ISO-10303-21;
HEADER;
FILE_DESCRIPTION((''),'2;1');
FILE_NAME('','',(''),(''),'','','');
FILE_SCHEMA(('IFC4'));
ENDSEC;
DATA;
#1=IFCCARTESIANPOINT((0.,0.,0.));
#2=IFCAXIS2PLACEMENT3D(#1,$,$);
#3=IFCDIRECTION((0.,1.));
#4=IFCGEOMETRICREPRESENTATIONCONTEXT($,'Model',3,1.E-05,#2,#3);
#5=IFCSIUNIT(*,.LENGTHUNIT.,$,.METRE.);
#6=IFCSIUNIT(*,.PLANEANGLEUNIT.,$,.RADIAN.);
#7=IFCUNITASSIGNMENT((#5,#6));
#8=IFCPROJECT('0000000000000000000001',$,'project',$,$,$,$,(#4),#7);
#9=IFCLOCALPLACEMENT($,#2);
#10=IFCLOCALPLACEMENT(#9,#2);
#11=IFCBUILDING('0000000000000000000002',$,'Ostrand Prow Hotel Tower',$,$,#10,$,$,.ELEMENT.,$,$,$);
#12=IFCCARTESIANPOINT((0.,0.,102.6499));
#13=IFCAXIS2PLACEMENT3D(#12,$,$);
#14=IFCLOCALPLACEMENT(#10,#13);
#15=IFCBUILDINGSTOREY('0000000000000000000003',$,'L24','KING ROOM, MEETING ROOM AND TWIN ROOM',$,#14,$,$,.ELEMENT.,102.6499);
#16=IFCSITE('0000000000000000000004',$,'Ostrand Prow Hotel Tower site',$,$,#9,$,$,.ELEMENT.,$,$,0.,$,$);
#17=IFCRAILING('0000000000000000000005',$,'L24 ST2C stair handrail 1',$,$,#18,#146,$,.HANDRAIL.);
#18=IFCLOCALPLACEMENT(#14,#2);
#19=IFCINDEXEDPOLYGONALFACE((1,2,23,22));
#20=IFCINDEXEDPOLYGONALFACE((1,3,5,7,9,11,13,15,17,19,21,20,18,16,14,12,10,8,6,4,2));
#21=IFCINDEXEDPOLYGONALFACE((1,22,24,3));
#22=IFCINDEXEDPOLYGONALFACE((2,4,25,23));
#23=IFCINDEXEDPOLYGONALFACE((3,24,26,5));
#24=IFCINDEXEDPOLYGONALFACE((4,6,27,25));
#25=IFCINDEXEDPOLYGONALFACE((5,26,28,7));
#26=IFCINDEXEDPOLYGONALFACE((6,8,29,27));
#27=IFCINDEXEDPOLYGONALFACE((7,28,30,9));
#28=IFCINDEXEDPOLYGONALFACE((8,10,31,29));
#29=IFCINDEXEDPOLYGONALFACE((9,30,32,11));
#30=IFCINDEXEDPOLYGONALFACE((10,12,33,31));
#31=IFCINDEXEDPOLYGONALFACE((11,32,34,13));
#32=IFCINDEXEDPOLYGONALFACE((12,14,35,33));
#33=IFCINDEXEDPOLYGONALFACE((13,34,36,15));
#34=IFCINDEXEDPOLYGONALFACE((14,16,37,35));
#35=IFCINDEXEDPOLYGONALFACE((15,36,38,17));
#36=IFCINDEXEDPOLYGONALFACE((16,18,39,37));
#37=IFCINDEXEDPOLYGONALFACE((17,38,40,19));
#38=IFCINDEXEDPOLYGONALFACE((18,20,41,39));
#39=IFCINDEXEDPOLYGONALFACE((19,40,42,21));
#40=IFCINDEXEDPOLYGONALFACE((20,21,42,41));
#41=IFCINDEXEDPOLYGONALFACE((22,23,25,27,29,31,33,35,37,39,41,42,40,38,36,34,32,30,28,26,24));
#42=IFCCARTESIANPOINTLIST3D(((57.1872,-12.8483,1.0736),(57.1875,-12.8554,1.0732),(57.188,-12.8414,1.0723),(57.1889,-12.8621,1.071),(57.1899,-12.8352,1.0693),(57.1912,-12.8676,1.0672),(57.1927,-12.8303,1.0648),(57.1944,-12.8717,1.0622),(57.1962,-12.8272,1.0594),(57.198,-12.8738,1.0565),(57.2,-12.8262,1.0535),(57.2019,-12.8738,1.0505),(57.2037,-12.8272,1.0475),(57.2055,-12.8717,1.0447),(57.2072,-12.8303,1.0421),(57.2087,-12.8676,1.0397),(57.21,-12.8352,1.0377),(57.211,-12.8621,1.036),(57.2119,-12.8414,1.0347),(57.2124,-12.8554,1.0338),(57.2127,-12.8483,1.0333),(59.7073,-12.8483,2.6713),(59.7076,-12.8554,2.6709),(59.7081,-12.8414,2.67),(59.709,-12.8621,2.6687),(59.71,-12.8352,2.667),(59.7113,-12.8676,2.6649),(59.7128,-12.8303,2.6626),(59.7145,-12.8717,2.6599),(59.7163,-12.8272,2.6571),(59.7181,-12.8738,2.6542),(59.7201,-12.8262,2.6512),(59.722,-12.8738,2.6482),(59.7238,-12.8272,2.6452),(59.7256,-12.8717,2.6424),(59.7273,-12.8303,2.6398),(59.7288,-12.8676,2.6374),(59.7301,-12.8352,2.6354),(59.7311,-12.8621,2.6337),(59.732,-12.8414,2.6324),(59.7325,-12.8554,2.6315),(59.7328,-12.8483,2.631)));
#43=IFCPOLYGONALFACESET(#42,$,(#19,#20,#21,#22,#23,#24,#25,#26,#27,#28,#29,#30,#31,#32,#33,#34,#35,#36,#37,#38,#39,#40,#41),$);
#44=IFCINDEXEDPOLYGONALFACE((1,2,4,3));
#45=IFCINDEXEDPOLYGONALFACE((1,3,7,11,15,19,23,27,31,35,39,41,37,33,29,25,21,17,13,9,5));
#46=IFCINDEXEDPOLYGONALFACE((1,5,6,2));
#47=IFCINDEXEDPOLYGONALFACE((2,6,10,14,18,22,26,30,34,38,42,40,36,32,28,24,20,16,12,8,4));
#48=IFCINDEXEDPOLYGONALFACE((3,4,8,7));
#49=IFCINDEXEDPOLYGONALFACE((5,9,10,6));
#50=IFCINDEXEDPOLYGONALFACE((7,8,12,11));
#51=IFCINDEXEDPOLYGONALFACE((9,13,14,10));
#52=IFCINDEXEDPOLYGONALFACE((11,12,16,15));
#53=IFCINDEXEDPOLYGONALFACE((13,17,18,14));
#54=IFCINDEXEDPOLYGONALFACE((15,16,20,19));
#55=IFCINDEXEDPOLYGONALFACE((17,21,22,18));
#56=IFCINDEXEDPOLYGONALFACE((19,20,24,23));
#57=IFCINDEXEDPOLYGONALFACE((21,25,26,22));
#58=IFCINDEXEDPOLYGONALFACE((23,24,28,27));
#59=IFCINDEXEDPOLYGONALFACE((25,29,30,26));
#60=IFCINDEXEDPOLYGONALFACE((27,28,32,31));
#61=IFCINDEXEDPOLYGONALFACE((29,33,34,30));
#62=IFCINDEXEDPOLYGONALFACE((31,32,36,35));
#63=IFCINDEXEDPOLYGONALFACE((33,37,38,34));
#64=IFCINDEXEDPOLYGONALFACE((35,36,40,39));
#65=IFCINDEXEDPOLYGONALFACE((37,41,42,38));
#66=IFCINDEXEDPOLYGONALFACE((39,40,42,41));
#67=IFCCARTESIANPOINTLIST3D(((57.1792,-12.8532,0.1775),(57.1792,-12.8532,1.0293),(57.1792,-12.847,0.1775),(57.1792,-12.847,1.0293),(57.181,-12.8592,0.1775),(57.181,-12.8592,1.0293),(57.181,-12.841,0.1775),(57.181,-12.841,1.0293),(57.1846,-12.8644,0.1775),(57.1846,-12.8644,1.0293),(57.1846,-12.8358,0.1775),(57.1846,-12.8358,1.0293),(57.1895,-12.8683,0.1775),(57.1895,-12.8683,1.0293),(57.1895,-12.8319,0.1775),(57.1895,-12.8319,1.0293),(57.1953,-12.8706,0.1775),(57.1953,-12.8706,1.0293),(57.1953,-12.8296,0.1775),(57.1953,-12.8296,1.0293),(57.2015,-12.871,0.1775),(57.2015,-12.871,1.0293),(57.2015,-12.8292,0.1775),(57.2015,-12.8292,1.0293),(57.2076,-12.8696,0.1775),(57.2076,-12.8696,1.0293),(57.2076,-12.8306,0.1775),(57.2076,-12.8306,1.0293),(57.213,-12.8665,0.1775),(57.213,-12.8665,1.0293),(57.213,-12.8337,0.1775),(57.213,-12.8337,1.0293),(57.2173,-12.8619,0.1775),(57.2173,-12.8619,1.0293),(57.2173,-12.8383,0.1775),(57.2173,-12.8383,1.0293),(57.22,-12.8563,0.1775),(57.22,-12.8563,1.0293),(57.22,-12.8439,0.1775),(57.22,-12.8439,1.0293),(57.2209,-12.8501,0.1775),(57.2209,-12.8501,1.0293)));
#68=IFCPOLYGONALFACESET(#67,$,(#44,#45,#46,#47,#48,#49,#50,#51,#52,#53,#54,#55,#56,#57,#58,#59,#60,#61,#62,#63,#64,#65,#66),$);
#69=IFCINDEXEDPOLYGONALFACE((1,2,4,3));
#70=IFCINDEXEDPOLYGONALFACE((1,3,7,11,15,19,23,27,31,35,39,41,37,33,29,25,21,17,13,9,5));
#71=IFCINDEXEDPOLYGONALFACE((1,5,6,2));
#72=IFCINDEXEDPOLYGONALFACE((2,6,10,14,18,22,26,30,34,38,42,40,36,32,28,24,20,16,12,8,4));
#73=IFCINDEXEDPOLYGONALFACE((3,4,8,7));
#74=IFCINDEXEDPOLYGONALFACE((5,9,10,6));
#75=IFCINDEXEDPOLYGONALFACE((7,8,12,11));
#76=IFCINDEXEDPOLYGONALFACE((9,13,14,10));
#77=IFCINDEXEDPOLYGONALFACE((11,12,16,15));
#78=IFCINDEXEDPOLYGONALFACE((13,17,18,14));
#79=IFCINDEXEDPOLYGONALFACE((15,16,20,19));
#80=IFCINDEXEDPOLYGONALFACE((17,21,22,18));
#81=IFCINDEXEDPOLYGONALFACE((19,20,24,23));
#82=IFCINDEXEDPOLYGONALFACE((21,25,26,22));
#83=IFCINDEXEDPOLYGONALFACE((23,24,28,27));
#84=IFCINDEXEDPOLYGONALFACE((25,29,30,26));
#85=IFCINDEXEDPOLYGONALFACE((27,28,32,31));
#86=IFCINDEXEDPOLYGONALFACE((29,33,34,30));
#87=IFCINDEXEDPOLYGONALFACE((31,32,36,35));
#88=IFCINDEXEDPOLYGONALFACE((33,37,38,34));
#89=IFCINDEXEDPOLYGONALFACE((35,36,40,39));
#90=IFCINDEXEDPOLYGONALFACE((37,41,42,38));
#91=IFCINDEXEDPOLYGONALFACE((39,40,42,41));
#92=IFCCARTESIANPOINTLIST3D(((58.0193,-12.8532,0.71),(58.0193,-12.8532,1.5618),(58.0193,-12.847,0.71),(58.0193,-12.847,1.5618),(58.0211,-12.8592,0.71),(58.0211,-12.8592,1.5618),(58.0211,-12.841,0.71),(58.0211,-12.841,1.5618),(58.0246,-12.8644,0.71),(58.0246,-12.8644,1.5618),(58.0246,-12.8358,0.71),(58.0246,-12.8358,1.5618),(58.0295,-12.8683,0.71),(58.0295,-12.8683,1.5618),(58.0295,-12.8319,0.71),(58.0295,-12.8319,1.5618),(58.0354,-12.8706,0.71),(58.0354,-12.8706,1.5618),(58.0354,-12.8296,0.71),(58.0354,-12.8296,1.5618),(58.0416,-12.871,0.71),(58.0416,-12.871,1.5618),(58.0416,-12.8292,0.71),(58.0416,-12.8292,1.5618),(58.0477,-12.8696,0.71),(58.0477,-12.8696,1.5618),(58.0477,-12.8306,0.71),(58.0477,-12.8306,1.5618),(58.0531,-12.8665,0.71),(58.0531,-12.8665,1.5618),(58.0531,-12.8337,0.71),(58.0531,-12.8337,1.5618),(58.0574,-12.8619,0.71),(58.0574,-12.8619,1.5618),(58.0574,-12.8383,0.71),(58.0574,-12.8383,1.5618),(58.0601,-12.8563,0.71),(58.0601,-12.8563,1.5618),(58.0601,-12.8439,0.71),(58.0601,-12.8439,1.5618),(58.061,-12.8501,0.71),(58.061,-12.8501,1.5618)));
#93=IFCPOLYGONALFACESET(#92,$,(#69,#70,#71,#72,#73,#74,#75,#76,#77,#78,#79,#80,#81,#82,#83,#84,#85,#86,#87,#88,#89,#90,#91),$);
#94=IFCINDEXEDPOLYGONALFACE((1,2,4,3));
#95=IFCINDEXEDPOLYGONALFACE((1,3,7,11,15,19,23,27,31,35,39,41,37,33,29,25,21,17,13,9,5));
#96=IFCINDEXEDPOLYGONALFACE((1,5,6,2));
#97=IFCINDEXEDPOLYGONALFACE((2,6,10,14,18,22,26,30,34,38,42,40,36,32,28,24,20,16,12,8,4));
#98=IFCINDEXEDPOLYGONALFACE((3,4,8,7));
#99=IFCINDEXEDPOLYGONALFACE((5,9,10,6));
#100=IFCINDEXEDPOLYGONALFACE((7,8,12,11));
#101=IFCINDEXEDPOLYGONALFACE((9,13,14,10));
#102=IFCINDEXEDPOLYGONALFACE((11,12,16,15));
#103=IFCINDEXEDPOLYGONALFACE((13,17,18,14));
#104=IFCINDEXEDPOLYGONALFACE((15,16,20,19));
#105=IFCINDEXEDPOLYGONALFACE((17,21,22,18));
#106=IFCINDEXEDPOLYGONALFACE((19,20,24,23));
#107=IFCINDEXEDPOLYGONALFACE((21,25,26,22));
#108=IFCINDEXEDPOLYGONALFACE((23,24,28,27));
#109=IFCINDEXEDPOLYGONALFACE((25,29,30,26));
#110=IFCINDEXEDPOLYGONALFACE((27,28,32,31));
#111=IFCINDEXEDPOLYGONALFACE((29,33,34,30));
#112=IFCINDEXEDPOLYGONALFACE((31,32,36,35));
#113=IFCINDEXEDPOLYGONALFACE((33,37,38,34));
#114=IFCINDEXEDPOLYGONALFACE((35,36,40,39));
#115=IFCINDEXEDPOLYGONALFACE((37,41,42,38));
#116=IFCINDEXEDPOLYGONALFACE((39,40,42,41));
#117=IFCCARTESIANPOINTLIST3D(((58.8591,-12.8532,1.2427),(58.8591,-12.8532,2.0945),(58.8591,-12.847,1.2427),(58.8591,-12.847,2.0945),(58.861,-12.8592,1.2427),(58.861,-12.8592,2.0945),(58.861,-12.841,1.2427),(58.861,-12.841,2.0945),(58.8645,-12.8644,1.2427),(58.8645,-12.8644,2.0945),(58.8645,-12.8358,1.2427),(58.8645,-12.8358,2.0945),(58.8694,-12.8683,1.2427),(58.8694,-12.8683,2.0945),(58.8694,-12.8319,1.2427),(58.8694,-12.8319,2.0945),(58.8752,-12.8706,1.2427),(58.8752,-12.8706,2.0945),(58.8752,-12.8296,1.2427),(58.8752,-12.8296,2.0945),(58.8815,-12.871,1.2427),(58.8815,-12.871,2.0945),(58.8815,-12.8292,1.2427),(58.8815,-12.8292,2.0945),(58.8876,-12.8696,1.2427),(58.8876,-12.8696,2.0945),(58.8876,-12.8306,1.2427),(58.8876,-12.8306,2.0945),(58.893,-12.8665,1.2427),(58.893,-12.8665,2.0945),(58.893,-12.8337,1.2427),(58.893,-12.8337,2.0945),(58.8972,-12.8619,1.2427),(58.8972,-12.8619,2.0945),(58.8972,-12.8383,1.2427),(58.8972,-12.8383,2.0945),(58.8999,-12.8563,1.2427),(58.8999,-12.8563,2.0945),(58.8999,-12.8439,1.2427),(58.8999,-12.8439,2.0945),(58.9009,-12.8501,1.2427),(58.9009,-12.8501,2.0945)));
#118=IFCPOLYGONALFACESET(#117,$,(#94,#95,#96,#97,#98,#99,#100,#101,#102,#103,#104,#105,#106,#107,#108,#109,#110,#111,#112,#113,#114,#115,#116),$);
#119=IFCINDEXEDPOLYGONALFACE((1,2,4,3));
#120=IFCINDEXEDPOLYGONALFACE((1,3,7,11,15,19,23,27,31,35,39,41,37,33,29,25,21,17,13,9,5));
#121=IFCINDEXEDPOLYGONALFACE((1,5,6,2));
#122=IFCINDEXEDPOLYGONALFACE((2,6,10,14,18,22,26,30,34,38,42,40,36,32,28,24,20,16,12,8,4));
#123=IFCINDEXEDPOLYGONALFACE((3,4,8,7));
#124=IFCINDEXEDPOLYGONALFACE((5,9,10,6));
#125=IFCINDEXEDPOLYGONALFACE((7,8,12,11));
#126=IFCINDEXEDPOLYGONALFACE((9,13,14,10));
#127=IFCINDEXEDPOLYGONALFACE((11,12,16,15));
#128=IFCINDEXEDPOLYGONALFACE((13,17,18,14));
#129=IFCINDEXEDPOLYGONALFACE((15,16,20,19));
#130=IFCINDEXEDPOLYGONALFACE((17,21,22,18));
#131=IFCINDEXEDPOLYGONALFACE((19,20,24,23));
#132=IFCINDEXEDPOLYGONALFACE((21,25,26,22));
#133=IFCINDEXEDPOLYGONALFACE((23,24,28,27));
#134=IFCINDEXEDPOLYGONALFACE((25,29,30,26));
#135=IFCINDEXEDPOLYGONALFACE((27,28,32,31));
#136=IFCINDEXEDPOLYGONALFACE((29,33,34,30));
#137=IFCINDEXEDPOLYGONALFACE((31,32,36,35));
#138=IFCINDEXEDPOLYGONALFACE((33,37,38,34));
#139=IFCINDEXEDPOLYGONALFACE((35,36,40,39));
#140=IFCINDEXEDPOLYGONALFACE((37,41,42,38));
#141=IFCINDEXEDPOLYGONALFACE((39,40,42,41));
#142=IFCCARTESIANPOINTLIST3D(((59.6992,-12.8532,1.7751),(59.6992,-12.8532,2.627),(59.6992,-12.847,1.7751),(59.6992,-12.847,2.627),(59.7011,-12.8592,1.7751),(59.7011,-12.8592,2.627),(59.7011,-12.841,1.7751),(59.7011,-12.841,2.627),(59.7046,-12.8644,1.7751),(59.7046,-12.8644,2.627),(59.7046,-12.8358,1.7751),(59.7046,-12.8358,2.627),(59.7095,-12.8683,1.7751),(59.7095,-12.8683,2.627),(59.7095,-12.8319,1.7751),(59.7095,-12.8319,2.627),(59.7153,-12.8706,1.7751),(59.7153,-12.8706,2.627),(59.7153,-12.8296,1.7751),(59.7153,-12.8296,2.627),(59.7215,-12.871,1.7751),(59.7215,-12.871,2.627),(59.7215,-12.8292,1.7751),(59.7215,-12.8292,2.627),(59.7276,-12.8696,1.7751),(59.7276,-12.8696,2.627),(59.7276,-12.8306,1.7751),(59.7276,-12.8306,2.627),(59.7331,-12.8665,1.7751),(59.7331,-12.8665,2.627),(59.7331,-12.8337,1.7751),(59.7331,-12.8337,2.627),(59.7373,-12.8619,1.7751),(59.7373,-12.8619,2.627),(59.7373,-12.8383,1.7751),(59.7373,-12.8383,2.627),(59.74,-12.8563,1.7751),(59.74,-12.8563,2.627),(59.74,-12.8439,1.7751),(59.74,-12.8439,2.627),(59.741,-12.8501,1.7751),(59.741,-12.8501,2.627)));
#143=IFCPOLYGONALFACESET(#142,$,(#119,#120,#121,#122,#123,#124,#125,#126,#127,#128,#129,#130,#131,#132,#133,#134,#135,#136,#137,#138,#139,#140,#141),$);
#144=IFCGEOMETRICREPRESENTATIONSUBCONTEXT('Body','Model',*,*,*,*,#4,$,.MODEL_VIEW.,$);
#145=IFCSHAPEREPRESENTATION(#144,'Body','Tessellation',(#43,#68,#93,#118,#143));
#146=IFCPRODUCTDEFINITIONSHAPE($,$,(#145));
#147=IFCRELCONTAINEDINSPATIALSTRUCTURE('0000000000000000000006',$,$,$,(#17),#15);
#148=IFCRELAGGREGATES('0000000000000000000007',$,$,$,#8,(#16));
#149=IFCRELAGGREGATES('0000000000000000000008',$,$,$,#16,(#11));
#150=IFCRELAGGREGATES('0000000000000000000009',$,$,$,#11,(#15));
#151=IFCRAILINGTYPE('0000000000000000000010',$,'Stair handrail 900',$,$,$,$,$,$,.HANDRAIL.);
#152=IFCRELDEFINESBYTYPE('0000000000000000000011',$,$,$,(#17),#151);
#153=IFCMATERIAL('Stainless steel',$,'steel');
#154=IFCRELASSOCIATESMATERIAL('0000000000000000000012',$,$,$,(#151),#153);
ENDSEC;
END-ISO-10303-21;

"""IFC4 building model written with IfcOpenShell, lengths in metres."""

from ifc_helpers import new_model, si_unit, direction, frame, origin, origin_2d, place, context, subcontext, project, spatial, circle, extrude, material, type_object, element, save


model = new_model("IFC4")

# Units and contexts
model_context = context("Model", 3, precision=1e-05, world=origin(), true_north=direction((0.0, 1.0)))
body_context = subcontext(model_context, "Body", "Model", "MODEL_VIEW")
ifc_project = project(units=[si_unit("LENGTHUNIT", "METRE"), si_unit("PLANEANGLEUNIT", "RADIAN")], contexts=[model_context])

# Site, building, storey
site_placement = place(None, origin())
site = spatial("IfcSite", under=ifc_project, at=site_placement, Name="Ostrand Prow Hotel Tower site", CompositionType="ELEMENT", RefElevation=0.0)
building_placement = place(site_placement, origin())
building = spatial("IfcBuilding", under=site, at=building_placement, Name="Ostrand Prow Hotel Tower", CompositionType="ELEMENT")
storey_placement = place(building_placement, frame((0.0, 0.0, 102.6499)))
storey = spatial("IfcBuildingStorey", under=building, at=storey_placement, Name="L24", Description="KING ROOM, MEETING ROOM AND TWIN ROOM", CompositionType="ELEMENT", Elevation=102.6499)

# Railing
ifc_material_1 = material(Name="Stainless steel", Category="steel")
railing_type_1 = type_object("IfcRailingType", Name="Stair handrail 900", PredefinedType="HANDRAIL", material=ifc_material_1)
railing_1_placement = place(storey_placement, frame((57.2, -12.8501, 0.1775)))
element("IfcRailing", 1, at=railing_1_placement, inside=storey, type_object=railing_type_1, Name="L24 ST2C stair handrail 1", PredefinedType="HANDRAIL", context=body_context, shape_type="SweptSolid", body=[
    extrude(circle(Radius=0.0239, at=origin_2d()), frame((0.0, 0.0, 0.876), z_axis=(0.84457, 0.0, 0.535445), x_axis=(0.0, 1.0, 0.0)), (0.0, 0.0, 1.0), 2.9839),
    extrude(circle(Radius=0.021, at=origin_2d()), origin(), (0.0, 0.0, 1.0), 0.8518),
    extrude(circle(Radius=0.021, at=origin_2d()), frame((0.8401, 0.0, 0.5325)), (0.0, 0.0, 1.0), 0.8518),
    extrude(circle(Radius=0.021, at=origin_2d()), frame((1.6799, 0.0, 1.0652)), (0.0, 0.0, 1.0), 0.8518),
    extrude(circle(Radius=0.021, at=origin_2d()), frame((2.52, 0.0, 1.5977)), (0.0, 0.0, 1.0), 0.8518),
])

save(model, "model.ifc")
